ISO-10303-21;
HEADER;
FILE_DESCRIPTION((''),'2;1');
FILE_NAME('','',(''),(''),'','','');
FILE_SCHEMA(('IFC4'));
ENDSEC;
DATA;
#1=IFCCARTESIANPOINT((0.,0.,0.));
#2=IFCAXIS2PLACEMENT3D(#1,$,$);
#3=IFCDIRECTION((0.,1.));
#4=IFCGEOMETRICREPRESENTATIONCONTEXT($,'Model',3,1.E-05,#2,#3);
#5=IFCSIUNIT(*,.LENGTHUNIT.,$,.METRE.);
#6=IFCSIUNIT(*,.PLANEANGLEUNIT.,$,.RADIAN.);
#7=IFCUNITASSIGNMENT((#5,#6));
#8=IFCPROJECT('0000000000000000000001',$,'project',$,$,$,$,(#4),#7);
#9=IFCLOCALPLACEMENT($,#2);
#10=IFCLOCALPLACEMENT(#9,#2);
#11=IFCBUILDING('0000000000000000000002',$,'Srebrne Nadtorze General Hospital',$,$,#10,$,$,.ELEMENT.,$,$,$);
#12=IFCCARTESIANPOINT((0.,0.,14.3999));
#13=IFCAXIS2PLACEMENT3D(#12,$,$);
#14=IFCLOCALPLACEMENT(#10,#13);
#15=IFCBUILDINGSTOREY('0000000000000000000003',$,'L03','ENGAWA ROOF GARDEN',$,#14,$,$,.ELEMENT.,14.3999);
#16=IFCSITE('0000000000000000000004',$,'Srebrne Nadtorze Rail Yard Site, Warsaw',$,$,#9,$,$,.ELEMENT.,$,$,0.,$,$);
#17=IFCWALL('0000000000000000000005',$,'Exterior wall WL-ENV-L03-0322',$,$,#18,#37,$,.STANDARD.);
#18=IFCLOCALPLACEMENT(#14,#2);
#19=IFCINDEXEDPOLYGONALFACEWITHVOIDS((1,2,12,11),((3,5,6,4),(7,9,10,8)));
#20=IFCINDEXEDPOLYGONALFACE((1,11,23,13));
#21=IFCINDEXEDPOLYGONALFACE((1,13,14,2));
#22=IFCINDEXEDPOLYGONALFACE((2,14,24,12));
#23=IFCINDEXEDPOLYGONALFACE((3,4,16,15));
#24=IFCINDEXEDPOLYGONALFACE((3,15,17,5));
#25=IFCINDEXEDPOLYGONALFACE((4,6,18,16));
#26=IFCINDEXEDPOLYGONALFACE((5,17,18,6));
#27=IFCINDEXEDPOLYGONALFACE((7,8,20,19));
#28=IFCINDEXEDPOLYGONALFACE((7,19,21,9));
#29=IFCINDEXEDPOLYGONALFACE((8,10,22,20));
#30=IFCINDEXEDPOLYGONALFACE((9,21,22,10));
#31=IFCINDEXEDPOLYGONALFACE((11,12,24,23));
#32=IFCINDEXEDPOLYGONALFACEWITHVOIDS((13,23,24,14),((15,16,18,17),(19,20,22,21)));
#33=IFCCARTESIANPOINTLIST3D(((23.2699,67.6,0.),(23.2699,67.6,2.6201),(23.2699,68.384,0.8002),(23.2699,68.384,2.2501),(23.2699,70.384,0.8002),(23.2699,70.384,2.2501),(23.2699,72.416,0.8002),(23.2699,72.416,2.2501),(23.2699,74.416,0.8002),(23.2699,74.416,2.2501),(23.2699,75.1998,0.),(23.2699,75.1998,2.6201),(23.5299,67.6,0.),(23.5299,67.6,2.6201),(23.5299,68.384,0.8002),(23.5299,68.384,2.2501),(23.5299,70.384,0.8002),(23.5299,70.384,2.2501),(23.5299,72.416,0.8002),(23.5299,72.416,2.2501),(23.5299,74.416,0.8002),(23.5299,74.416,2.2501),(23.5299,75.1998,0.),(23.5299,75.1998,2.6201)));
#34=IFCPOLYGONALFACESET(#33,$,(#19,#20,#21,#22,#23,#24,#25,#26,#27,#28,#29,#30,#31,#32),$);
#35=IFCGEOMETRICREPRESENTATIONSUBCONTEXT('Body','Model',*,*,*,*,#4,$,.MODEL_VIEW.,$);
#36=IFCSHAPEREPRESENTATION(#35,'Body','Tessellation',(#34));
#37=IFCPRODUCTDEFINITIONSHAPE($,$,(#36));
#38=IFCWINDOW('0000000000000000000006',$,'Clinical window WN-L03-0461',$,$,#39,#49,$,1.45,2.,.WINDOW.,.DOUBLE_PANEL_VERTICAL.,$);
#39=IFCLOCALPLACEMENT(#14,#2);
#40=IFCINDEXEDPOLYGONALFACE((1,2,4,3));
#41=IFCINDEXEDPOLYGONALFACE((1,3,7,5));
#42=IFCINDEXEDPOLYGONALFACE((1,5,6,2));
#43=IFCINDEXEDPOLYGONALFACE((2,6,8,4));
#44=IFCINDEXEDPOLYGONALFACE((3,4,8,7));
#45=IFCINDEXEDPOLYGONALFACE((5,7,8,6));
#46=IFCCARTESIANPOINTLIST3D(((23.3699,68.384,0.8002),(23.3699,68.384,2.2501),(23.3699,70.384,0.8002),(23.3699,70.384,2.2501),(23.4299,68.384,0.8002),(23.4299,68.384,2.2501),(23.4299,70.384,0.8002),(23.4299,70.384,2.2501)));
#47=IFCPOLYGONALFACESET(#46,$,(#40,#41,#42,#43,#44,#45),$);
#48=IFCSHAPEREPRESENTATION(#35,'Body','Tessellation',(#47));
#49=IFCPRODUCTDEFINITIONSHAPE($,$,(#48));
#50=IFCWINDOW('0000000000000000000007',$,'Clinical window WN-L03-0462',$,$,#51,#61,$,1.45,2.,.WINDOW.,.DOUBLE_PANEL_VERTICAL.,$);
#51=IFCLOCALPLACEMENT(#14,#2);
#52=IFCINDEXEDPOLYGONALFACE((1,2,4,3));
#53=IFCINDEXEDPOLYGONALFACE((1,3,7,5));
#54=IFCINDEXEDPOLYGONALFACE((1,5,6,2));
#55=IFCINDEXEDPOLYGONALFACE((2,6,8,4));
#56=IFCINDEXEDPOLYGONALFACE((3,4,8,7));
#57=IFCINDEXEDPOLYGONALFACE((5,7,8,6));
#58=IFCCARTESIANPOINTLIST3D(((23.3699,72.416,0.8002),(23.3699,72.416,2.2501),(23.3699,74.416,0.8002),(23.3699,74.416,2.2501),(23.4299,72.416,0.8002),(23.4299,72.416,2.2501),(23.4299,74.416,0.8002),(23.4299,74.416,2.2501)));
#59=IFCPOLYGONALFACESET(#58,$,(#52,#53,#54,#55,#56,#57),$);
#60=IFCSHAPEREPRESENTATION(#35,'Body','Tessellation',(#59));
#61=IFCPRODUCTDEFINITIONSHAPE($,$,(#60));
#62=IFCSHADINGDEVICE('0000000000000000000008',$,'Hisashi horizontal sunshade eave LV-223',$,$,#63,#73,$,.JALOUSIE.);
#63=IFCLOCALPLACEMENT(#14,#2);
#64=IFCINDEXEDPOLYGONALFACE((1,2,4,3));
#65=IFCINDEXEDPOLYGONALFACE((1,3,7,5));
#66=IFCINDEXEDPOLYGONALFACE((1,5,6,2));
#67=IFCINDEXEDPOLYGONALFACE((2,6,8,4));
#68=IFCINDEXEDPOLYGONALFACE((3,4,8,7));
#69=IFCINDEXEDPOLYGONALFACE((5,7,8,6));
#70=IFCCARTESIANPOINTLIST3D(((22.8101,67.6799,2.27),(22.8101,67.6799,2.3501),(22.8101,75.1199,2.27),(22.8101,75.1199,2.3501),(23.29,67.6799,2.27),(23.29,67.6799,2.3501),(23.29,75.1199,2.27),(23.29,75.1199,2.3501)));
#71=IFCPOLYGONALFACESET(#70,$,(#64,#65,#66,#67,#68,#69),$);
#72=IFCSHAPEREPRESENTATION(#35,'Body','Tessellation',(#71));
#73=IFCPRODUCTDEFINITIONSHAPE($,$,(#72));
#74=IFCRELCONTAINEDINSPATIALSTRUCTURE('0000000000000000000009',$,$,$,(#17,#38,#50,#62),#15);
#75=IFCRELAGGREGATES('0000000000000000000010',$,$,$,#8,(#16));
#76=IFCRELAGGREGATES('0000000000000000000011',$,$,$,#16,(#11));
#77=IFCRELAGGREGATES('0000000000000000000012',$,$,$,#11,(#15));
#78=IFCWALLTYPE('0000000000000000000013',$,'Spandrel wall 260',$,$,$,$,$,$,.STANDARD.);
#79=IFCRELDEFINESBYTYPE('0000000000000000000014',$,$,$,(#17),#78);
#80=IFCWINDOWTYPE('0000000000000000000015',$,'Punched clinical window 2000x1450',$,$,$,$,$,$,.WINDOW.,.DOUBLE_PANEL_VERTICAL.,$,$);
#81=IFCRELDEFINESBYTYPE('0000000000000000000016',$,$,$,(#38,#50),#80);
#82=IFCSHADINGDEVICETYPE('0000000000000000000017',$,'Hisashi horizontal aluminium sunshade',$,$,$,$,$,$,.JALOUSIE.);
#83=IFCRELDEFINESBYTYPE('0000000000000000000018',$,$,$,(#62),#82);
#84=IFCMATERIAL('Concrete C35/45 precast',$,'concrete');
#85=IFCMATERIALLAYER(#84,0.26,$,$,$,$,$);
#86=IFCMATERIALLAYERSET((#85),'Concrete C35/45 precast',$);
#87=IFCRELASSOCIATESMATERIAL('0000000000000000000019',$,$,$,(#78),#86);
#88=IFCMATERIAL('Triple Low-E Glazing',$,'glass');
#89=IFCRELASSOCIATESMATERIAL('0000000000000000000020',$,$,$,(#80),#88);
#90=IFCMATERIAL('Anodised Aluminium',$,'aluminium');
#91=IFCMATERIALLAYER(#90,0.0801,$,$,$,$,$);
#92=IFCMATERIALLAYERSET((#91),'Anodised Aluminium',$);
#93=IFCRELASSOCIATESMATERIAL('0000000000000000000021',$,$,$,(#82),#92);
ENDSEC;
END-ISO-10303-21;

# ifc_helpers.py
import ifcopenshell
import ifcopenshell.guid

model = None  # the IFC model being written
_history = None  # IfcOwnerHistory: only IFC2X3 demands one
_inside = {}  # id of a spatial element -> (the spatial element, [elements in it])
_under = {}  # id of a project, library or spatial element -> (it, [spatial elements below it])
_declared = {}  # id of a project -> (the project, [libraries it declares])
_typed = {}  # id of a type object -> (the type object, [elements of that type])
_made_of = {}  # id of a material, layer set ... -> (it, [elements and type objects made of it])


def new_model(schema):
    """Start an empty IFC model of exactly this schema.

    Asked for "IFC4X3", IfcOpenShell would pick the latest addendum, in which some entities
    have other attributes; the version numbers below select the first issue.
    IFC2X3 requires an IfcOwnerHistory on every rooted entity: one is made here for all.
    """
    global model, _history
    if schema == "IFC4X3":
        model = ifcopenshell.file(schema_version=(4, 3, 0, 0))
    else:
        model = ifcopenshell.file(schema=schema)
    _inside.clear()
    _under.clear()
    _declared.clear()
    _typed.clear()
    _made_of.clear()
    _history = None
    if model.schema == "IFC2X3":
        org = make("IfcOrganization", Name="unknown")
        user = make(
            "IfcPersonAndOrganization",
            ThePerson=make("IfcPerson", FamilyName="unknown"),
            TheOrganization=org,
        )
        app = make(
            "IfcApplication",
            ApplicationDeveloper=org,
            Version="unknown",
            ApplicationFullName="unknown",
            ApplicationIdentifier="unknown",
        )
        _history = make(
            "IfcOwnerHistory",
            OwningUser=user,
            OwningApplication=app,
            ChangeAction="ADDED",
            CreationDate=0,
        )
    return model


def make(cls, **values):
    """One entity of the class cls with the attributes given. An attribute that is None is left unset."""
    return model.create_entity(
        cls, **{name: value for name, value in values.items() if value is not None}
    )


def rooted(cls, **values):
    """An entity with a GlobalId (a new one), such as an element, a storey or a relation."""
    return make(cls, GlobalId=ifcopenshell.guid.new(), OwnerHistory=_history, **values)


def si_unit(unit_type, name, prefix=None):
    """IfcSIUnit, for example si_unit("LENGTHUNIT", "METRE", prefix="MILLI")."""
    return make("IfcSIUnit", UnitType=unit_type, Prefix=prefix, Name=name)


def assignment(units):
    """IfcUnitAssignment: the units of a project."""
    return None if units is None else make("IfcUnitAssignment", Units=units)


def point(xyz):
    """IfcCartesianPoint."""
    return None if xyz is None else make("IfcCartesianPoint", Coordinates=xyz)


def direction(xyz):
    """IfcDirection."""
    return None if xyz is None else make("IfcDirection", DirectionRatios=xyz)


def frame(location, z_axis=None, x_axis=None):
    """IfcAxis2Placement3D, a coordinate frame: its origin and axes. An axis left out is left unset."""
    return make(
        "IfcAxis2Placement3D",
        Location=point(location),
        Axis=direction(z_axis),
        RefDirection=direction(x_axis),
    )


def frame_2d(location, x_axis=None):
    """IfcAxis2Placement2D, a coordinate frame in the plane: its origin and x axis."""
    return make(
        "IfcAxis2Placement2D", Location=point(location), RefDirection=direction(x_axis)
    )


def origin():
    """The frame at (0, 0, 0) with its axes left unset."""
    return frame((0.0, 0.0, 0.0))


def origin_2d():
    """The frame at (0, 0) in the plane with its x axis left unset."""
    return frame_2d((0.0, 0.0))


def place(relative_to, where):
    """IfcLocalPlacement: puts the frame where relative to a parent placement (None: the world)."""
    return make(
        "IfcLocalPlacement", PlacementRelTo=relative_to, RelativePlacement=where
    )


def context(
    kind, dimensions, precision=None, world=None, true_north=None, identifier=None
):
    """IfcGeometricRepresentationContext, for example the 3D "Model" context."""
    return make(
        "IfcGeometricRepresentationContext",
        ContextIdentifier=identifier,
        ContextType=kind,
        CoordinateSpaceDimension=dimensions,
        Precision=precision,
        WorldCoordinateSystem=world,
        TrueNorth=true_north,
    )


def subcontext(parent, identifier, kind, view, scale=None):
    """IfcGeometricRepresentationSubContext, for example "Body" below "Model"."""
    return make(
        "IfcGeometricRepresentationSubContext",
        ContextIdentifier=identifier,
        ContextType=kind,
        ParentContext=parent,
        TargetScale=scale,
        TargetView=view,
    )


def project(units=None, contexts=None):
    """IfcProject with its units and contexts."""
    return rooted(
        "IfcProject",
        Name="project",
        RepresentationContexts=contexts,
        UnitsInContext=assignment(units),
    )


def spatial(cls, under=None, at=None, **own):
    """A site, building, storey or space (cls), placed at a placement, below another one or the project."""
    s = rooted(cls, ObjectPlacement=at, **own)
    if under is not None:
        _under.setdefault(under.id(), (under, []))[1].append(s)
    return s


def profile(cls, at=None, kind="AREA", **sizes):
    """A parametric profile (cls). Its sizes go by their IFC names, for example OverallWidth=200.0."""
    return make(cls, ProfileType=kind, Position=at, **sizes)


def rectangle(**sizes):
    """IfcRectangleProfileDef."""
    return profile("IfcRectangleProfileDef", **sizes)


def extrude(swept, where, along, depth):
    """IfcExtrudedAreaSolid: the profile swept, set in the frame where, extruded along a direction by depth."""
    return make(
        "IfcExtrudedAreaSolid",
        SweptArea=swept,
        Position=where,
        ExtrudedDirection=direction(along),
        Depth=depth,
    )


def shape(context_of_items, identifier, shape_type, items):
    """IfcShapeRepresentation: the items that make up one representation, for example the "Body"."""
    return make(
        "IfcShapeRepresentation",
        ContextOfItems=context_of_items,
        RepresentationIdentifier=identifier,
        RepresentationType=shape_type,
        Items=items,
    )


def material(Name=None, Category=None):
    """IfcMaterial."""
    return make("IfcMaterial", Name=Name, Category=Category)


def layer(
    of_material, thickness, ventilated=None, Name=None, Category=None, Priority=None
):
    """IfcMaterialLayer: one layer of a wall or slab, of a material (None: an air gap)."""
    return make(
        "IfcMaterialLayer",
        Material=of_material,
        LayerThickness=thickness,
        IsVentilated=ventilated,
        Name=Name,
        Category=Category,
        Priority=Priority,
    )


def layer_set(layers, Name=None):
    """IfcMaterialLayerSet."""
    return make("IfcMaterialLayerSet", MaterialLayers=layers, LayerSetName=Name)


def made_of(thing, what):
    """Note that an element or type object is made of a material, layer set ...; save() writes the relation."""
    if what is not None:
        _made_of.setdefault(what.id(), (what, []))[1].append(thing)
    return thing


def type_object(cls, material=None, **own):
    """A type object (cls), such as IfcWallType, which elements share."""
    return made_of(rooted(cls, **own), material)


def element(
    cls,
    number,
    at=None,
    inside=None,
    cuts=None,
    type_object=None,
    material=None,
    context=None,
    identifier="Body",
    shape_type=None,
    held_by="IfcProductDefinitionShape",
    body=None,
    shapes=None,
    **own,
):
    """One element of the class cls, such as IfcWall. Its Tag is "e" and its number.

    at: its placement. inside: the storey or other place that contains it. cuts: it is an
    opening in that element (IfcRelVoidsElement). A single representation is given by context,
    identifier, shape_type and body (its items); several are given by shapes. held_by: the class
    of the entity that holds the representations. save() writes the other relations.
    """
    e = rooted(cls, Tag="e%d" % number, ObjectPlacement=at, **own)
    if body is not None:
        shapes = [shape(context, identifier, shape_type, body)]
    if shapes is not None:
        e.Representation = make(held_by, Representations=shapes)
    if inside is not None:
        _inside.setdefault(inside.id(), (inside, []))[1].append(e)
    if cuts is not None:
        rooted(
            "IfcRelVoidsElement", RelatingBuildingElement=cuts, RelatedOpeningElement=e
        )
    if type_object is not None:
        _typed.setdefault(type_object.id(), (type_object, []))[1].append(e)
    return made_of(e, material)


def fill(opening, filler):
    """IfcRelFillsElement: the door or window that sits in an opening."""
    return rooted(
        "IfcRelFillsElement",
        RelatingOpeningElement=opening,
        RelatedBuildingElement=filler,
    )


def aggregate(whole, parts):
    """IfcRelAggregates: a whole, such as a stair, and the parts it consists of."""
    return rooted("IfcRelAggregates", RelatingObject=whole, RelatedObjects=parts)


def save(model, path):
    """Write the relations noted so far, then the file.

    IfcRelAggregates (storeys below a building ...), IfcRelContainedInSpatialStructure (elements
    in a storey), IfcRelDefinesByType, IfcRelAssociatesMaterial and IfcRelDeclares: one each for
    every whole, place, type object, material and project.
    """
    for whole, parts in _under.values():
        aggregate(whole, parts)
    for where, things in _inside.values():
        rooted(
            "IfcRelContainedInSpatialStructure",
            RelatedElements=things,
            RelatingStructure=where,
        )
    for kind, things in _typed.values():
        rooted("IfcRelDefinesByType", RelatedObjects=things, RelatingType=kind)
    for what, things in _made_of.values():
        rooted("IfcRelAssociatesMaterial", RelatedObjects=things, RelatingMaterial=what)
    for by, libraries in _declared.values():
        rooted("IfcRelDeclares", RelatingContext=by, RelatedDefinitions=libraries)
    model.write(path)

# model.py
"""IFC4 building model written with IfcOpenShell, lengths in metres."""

from ifc_helpers import new_model, si_unit, direction, frame, frame_2d, origin, origin_2d, place, context, subcontext, project, spatial, rectangle, extrude, material, layer, layer_set, type_object, element, fill, save


model = new_model("IFC4")

# Units and contexts
model_context = context("Model", 3, precision=1e-05, world=origin(), true_north=direction((0.0, 1.0)))
body_context = subcontext(model_context, "Body", "Model", "MODEL_VIEW")
ifc_project = project(units=[si_unit("LENGTHUNIT", "METRE"), si_unit("PLANEANGLEUNIT", "RADIAN")], contexts=[model_context])

# Site, building, storey
site_placement = place(None, origin())
site = spatial("IfcSite", under=ifc_project, at=site_placement, Name="Srebrne Nadtorze Rail Yard Site, Warsaw", CompositionType="ELEMENT", RefElevation=0.0)
building_placement = place(site_placement, origin())
building = spatial("IfcBuilding", under=site, at=building_placement, Name="Srebrne Nadtorze General Hospital", CompositionType="ELEMENT")
storey_placement = place(building_placement, frame((0.0, 0.0, 14.3999)))
storey = spatial("IfcBuildingStorey", under=building, at=storey_placement, Name="L03", Description="ENGAWA ROOF GARDEN", CompositionType="ELEMENT", Elevation=14.3999)

# Wall, openings, windows
ifc_material_1 = material(Name="Concrete C35/45 precast", Category="concrete")
ifc_layer_1 = layer(ifc_material_1, 0.26)
ifc_layer_set_1 = layer_set([ifc_layer_1], Name="Concrete C35/45 precast")
wall_type_1 = type_object("IfcWallType", Name="Spandrel wall 260", PredefinedType="STANDARD", material=ifc_layer_set_1)
wall_1_placement = place(storey_placement, frame((23.3999, 67.6001, 0.0), z_axis=(0.0, 0.0, 1.0), x_axis=(0.0, 1.0, 0.0)))
wall_1 = element("IfcWall", 1, at=wall_1_placement, inside=storey, type_object=wall_type_1, Name="Exterior wall WL-ENV-L03-0322", PredefinedType="STANDARD", context=body_context, shape_type="SweptSolid", body=[
    extrude(rectangle(XDim=7.5999, YDim=0.26, at=frame_2d((3.7998, 0.0))), origin(), (0.0, 0.0, 1.0), 2.6201),
])
opening_1_placement = place(wall_1_placement, frame((0.7839, 0.0, 0.8)))
opening_1 = element("IfcOpeningElement", 2, at=opening_1_placement, cuts=wall_1, PredefinedType="OPENING", context=body_context, shape_type="SweptSolid", body=[
    extrude(rectangle(XDim=2.0, YDim=1.45, at=frame_2d((1.0, 0.7251))), frame((0.0, 0.1421, 0.0), z_axis=(0.0, -1.0, 0.0), x_axis=(1.0, 0.0, 0.0)), (0.0, 0.0, 1.0), 0.2839),
])
opening_2_placement = place(wall_1_placement, frame((4.8159, 0.0, 0.8)))
opening_2 = element("IfcOpeningElement", 3, at=opening_2_placement, cuts=wall_1, PredefinedType="OPENING", context=body_context, shape_type="SweptSolid", body=[
    extrude(rectangle(XDim=2.0, YDim=1.45, at=frame_2d((1.0, 0.7251))), frame((0.0, 0.1421, 0.0), z_axis=(0.0, -1.0, 0.0), x_axis=(1.0, 0.0, 0.0)), (0.0, 0.0, 1.0), 0.2839),
])
ifc_material_2 = material(Name="Triple Low-E Glazing", Category="glass")
window_type = type_object("IfcWindowType", Name="Punched clinical window 2000x1450", PartitioningType="DOUBLE_PANEL_VERTICAL", PredefinedType="WINDOW", material=ifc_material_2)
window_1_placement = place(opening_1_placement, origin())
window_1 = element("IfcWindow", 4, at=window_1_placement, inside=storey, type_object=window_type, Name="Clinical window WN-L03-0461", OverallHeight=1.45, OverallWidth=2.0, PartitioningType="DOUBLE_PANEL_VERTICAL", PredefinedType="WINDOW", context=body_context, shape_type="SweptSolid", body=[
    extrude(rectangle(XDim=2.0, YDim=1.45, at=frame_2d((1.0, 0.7251))), frame((0.0, 0.03, 0.0), z_axis=(0.0, -1.0, 0.0), x_axis=(1.0, 0.0, 0.0)), (0.0, 0.0, 1.0), 0.0601),
])
fill(opening_1, window_1)
window_2_placement = place(opening_2_placement, origin())
window_2 = element("IfcWindow", 5, at=window_2_placement, inside=storey, type_object=window_type, Name="Clinical window WN-L03-0462", OverallHeight=1.45, OverallWidth=2.0, PartitioningType="DOUBLE_PANEL_VERTICAL", PredefinedType="WINDOW", context=body_context, shape_type="SweptSolid", body=[
    extrude(rectangle(XDim=2.0, YDim=1.45, at=frame_2d((1.0, 0.7251))), frame((0.0, 0.03, 0.0), z_axis=(0.0, -1.0, 0.0), x_axis=(1.0, 0.0, 0.0)), (0.0, 0.0, 1.0), 0.0601),
])
fill(opening_2, window_2)

# Shading device
ifc_material_3 = material(Name="Anodised Aluminium", Category="aluminium")
ifc_layer_2 = layer(ifc_material_3, 0.0801)
ifc_layer_set_2 = layer_set([ifc_layer_2], Name="Anodised Aluminium")
shading_device_type = type_object("IfcShadingDeviceType", Name="Hisashi horizontal aluminium sunshade", PredefinedType="JALOUSIE", material=ifc_layer_set_2)
shading_device_placement = place(storey_placement, frame((23.05, 71.3999, 2.27), z_axis=(0.0, 0.0, 1.0), x_axis=(1.0, 0.0, 0.0)))
element("IfcShadingDevice", 6, at=shading_device_placement, inside=storey, type_object=shading_device_type, Name="Hisashi horizontal sunshade eave LV-223", PredefinedType="JALOUSIE", context=body_context, shape_type="SweptSolid", body=[
    extrude(rectangle(XDim=0.48, YDim=7.4399, at=origin_2d()), origin(), (0.0, 0.0, 1.0), 0.0801),
])

save(model, "model.ifc")
